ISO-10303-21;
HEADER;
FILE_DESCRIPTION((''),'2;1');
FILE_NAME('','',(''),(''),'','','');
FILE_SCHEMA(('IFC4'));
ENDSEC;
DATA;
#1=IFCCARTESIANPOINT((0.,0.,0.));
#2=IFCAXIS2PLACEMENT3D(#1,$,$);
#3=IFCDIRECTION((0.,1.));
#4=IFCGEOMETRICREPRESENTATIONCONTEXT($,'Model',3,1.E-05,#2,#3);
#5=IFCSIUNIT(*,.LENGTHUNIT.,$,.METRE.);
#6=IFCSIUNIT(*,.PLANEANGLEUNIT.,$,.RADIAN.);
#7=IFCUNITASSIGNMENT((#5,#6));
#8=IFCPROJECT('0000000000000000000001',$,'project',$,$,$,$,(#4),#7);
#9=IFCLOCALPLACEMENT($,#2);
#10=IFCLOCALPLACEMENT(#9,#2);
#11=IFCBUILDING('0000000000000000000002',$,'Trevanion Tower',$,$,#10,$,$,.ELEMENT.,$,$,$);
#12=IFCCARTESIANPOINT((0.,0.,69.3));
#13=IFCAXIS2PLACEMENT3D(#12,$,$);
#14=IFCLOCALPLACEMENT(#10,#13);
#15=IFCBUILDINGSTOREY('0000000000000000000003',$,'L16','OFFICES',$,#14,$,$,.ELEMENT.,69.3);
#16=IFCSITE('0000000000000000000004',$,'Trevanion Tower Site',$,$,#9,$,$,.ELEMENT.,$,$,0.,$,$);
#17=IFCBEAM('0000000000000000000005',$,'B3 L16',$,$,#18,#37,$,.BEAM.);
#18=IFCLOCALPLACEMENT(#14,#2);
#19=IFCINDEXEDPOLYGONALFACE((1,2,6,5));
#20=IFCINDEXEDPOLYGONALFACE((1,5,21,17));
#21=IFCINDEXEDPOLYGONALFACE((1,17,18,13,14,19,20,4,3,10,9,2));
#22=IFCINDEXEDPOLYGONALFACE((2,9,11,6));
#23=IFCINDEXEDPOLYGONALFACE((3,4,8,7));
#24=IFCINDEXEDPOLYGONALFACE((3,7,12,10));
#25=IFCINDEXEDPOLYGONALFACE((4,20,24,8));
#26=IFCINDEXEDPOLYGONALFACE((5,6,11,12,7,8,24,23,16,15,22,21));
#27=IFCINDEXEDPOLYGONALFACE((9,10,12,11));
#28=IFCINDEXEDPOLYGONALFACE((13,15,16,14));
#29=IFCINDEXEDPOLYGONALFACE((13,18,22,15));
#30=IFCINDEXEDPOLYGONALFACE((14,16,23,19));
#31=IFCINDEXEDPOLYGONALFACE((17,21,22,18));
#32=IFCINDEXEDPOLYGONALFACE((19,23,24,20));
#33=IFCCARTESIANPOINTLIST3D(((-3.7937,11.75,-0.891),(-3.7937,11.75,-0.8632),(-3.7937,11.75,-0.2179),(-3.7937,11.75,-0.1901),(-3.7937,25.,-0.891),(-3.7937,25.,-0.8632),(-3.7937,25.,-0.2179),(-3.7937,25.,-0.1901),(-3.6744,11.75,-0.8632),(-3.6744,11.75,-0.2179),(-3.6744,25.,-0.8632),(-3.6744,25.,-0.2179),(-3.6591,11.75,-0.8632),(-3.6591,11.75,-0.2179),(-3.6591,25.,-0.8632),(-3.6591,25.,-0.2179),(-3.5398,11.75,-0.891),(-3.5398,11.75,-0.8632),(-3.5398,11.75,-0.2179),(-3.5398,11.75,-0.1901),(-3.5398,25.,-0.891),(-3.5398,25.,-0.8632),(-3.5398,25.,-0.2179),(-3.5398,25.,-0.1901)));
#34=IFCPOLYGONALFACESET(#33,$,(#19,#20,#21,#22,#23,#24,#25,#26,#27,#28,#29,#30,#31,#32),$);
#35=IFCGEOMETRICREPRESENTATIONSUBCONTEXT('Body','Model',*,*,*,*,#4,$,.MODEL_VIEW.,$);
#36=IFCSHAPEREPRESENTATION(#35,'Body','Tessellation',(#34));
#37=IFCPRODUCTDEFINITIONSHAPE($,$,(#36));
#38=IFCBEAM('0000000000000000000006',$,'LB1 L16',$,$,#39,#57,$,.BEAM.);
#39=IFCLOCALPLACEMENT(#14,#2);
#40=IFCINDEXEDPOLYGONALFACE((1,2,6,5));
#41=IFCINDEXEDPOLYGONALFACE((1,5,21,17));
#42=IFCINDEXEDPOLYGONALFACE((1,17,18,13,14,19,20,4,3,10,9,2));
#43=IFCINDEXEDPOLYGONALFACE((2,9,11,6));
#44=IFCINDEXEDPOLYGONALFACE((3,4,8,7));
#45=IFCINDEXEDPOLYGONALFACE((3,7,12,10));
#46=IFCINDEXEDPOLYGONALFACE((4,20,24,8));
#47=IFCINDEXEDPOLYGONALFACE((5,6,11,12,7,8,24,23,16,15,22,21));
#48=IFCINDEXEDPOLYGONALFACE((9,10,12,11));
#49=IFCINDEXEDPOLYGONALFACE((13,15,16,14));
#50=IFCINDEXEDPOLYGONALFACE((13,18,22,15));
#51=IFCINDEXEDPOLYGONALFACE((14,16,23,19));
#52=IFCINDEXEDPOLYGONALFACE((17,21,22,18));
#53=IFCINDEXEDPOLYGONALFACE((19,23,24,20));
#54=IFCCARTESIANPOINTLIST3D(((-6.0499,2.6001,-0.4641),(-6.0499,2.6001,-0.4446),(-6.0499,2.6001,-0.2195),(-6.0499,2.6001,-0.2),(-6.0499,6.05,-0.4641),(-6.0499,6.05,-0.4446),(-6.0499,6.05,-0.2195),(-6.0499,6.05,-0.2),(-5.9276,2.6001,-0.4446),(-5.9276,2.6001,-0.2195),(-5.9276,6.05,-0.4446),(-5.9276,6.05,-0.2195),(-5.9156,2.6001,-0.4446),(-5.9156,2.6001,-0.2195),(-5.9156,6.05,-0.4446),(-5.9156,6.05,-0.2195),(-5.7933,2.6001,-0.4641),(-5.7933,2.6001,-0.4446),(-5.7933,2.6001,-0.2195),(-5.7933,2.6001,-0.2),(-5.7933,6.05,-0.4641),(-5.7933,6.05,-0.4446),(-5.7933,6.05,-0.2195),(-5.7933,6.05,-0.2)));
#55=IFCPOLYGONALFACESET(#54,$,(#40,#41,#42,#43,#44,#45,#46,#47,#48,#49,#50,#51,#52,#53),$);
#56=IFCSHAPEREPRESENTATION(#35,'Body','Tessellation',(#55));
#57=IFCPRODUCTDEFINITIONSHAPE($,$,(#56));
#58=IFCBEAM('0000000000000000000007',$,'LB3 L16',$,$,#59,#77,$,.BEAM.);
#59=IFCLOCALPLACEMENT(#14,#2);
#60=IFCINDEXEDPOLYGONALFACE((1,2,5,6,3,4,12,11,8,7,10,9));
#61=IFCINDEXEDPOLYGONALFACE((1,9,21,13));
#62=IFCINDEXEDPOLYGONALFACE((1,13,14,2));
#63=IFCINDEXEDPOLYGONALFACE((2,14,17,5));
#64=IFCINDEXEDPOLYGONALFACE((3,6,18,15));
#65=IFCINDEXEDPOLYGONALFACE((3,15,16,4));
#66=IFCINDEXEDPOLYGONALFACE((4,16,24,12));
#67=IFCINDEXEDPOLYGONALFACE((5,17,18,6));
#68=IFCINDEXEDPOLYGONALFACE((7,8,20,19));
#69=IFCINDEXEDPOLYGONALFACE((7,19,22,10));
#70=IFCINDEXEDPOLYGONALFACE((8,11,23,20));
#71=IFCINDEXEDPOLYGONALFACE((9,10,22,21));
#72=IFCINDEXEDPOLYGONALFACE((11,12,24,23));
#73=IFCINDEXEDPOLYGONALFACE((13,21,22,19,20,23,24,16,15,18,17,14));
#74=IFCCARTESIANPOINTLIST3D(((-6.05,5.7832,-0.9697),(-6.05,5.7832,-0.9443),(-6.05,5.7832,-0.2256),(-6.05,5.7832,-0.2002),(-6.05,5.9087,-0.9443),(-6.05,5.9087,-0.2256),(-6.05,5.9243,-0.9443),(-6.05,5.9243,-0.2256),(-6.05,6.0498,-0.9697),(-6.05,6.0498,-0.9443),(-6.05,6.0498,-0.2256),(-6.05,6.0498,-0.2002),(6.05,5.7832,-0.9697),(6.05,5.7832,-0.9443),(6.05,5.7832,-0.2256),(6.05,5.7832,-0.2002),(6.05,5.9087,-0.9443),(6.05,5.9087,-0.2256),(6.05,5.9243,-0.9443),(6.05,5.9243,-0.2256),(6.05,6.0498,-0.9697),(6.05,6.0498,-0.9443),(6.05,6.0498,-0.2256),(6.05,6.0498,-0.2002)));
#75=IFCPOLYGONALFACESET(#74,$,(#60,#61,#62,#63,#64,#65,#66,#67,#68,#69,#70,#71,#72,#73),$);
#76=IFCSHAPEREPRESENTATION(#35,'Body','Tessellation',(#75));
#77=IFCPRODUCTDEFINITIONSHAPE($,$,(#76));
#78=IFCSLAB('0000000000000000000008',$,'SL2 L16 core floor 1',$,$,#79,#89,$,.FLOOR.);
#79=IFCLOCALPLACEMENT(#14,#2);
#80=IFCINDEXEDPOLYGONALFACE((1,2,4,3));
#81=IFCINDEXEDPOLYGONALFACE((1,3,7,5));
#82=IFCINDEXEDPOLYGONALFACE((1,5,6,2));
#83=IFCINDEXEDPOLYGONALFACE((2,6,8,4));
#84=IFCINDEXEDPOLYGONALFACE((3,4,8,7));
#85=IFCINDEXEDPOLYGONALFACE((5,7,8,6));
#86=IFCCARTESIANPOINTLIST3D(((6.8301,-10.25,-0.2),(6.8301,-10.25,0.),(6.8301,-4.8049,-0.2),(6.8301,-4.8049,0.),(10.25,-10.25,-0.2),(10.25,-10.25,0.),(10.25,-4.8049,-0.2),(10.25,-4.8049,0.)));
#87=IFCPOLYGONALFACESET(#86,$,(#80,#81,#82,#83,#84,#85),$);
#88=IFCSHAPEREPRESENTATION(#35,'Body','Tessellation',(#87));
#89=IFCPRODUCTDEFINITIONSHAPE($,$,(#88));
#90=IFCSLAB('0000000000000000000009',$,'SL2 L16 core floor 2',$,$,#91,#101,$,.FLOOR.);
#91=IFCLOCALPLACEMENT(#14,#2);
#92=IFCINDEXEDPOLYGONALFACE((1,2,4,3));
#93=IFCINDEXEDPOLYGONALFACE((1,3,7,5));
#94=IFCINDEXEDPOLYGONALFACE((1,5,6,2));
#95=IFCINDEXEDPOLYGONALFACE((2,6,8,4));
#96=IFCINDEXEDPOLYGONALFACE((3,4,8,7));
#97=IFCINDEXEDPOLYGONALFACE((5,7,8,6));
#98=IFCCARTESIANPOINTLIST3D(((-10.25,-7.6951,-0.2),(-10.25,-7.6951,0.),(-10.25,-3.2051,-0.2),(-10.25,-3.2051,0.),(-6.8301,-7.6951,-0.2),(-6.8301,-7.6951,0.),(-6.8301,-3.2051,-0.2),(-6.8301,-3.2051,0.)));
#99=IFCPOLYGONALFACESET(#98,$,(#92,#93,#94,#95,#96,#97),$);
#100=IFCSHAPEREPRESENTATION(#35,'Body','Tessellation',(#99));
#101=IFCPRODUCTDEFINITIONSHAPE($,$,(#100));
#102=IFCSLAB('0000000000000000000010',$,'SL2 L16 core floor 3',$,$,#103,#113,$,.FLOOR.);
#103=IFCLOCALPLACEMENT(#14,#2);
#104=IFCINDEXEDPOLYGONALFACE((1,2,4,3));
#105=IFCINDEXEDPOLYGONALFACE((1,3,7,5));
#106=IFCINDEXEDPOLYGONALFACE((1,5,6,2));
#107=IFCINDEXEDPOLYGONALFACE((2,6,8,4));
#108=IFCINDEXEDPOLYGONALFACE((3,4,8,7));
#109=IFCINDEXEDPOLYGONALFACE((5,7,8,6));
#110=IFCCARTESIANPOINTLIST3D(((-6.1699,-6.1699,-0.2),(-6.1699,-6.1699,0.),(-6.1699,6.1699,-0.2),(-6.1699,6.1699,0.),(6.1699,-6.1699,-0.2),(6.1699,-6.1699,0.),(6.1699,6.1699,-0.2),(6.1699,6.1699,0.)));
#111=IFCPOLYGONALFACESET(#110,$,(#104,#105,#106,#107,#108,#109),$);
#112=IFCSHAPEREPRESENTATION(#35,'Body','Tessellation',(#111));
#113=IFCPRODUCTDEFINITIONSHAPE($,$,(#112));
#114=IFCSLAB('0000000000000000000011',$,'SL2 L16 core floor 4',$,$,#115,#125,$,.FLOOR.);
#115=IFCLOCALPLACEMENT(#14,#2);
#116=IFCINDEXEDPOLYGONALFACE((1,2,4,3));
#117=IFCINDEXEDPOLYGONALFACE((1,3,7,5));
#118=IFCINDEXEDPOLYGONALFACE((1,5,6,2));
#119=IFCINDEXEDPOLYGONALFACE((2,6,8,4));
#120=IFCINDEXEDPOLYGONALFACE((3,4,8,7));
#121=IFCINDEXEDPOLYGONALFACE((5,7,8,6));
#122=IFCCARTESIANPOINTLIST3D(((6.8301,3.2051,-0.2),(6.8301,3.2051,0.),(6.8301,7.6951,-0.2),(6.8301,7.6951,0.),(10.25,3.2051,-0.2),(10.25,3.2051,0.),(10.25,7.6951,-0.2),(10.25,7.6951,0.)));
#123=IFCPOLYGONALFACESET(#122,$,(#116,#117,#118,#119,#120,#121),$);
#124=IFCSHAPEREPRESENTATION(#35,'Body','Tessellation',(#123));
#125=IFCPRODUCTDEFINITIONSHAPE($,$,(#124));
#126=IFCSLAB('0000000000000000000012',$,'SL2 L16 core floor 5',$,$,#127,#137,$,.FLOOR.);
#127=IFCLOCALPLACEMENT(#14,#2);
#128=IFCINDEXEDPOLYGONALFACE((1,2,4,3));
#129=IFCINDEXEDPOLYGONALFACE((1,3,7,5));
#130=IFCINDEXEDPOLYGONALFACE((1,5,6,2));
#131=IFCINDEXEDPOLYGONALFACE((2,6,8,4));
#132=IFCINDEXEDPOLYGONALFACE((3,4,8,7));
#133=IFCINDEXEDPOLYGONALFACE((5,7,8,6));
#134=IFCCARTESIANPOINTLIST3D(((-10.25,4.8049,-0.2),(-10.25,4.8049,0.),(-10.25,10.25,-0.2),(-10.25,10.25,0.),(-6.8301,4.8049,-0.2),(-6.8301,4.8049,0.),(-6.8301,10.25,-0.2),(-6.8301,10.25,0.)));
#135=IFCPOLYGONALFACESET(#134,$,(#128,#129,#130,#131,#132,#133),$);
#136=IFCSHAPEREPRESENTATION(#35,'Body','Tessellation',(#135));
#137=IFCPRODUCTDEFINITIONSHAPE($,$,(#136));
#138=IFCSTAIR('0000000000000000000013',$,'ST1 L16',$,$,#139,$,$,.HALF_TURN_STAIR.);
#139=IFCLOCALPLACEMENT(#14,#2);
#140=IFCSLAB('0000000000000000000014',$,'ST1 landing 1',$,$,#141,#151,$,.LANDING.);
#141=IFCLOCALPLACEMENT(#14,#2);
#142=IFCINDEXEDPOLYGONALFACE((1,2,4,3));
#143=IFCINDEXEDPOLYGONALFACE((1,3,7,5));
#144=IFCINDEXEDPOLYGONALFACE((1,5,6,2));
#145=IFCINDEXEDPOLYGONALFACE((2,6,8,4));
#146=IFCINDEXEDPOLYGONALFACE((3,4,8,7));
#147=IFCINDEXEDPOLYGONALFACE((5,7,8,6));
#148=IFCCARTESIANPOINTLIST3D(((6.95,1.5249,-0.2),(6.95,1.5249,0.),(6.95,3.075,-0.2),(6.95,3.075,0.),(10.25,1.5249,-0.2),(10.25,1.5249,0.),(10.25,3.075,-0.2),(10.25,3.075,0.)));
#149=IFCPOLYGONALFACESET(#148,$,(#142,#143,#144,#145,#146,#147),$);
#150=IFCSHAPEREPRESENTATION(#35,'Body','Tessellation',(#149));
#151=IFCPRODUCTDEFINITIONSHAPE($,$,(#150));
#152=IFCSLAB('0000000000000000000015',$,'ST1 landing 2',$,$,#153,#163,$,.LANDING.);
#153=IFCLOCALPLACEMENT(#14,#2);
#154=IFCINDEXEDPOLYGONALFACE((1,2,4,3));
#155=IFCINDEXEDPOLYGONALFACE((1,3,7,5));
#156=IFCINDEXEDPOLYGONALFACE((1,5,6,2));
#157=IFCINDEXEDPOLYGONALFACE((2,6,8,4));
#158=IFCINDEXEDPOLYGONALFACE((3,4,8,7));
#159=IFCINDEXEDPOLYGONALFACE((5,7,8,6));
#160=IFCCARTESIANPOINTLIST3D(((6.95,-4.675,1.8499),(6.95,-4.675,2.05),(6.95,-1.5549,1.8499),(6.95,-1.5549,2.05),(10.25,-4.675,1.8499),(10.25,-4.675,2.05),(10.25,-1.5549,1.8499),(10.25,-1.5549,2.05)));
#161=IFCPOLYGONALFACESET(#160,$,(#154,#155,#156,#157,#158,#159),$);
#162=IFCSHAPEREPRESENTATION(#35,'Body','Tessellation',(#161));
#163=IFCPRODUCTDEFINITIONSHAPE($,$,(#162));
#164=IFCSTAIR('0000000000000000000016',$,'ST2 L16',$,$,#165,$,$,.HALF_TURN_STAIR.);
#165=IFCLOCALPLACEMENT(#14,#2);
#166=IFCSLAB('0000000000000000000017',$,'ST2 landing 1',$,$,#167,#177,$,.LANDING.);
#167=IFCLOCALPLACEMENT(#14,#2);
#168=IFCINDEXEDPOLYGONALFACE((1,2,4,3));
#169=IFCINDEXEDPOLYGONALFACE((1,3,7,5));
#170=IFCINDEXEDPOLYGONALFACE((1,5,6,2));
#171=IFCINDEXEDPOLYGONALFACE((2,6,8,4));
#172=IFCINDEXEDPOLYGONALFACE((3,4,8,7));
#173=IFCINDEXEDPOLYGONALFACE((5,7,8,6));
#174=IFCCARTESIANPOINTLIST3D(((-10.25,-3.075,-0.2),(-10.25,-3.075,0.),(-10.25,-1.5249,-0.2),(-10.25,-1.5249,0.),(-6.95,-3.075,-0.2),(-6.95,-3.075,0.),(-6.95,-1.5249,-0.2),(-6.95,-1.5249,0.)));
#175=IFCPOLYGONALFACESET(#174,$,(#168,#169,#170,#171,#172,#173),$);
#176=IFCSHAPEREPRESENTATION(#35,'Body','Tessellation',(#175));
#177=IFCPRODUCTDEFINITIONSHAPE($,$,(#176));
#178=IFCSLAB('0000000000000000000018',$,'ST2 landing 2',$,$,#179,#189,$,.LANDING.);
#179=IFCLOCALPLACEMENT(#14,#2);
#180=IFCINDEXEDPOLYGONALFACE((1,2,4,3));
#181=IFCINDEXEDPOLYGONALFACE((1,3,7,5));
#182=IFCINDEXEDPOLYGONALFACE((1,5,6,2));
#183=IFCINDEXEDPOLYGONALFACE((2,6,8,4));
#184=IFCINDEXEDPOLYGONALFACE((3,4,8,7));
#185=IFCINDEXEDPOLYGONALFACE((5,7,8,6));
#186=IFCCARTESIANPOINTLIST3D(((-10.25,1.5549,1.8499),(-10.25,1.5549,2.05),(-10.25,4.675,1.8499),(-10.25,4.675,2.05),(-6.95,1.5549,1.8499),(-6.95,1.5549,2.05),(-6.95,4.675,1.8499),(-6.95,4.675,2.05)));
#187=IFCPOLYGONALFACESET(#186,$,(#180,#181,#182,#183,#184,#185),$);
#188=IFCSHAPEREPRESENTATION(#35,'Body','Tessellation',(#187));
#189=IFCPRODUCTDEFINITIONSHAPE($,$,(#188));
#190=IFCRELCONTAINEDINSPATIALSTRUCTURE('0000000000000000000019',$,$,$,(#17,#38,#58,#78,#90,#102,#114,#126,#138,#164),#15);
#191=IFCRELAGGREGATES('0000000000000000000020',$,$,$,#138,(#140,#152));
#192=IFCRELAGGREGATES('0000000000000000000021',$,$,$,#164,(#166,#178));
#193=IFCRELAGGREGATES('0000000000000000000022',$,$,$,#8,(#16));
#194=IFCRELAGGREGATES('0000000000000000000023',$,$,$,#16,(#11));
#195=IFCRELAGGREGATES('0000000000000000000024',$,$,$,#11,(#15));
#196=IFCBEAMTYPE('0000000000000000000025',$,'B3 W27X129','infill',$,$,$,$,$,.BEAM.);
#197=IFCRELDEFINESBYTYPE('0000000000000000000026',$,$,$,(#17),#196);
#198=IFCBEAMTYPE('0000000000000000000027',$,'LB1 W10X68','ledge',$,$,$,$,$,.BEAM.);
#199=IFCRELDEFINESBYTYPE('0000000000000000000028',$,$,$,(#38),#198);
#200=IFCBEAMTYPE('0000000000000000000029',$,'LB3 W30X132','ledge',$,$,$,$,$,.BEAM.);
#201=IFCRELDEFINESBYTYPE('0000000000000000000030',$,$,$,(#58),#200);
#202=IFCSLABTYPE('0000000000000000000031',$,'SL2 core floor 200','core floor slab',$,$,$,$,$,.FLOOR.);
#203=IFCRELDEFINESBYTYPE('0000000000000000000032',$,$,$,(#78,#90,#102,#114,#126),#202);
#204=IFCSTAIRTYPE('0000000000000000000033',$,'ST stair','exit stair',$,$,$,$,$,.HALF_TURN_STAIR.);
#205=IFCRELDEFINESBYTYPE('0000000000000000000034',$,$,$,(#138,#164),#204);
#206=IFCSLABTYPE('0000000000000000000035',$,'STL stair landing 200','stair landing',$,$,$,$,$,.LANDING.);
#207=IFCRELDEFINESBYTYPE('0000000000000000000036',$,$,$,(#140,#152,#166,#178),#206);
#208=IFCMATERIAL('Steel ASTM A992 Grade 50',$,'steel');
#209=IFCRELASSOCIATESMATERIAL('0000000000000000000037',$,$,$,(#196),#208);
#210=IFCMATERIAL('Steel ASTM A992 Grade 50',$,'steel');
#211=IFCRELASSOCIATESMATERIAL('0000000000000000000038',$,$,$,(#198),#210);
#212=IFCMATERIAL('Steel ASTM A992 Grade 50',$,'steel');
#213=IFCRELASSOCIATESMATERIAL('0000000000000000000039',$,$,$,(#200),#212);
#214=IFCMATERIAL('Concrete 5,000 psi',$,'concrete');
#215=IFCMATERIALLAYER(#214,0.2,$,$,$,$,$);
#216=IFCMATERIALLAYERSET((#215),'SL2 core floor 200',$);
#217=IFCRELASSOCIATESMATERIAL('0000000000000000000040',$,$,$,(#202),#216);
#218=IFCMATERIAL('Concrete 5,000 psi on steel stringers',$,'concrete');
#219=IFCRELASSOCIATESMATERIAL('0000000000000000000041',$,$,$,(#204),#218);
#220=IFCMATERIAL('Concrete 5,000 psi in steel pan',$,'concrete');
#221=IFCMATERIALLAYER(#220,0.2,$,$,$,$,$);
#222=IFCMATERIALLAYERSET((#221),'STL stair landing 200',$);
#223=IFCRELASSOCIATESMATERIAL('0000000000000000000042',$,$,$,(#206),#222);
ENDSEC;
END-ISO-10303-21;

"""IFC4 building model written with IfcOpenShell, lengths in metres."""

from ifc_helpers import new_model, si_unit, direction, frame, origin, origin_2d, place, context, subcontext, project, spatial, polyline, i_section, outline, extrude, material, layer, layer_set, material_profile, profile_set, type_object, element, aggregate, save


model = new_model("IFC4")

# Units and contexts
model_context = context("Model", 3, precision=1e-05, world=origin(), true_north=direction((0.0, 1.0)))
body_context = subcontext(model_context, "Body", "Model", "MODEL_VIEW")
ifc_project = project(units=[si_unit("LENGTHUNIT", "METRE"), si_unit("PLANEANGLEUNIT", "RADIAN")], contexts=[model_context])

# Site, building, storey
site_placement = place(None, origin())
site = spatial("IfcSite", under=ifc_project, at=site_placement, Name="Trevanion Tower Site", CompositionType="ELEMENT", RefElevation=0.0)
building_placement = place(site_placement, origin())
building = spatial("IfcBuilding", under=site, at=building_placement, Name="Trevanion Tower", CompositionType="ELEMENT")
storey_placement = place(building_placement, frame((0.0, 0.0, 69.3)))
storey = spatial("IfcBuildingStorey", under=building, at=storey_placement, Name="L16", Description="OFFICES", CompositionType="ELEMENT", Elevation=69.3)

# Beams
ifc_material_1 = material(Name="Steel ASTM A992 Grade 50", Category="steel")
ifc_material_profile_1 = material_profile(ifc_material_1, i_section(OverallWidth=0.2539, OverallDepth=0.7009, WebThickness=0.0154, FlangeThickness=0.0278, at=origin_2d()), Name="W27X129")
ifc_profile_set_1 = profile_set([ifc_material_profile_1], Name="Steel ASTM A992 Grade 50")
beam_type_1 = type_object("IfcBeamType", Name="B3 W27X129", Description="infill", PredefinedType="BEAM", material=ifc_profile_set_1)
beam_1_placement = place(storey_placement, frame((-3.6667, 11.75, -0.5405), z_axis=(0.0, 1.0, 0.0), x_axis=(-1.0, 0.0, 0.0)))
element("IfcBeam", 1, at=beam_1_placement, inside=storey, type_object=beam_type_1, Name="B3 L16", PredefinedType="BEAM", context=body_context, shape_type="SweptSolid", body=[
    extrude(i_section(OverallWidth=0.2539, OverallDepth=0.7009, WebThickness=0.0154, FlangeThickness=0.0278, at=origin_2d()), origin(), (0.0, 0.0, 1.0), 13.25),
])
ifc_material_2 = material(Name="Steel ASTM A992 Grade 50", Category="steel")
ifc_material_profile_2 = material_profile(ifc_material_2, i_section(OverallWidth=0.2566, OverallDepth=0.2642, WebThickness=0.012, FlangeThickness=0.0195, at=origin_2d()), Name="W10X68")
ifc_profile_set_2 = profile_set([ifc_material_profile_2], Name="Steel ASTM A992 Grade 50")
beam_type_2 = type_object("IfcBeamType", Name="LB1 W10X68", Description="ledge", PredefinedType="BEAM", material=ifc_profile_set_2)
beam_2_placement = place(storey_placement, frame((-5.9216, 2.6001, -0.332), z_axis=(0.0, 1.0, 0.0), x_axis=(-1.0, 0.0, 0.0)))
element("IfcBeam", 2, at=beam_2_placement, inside=storey, type_object=beam_type_2, Name="LB1 L16", PredefinedType="BEAM", context=body_context, shape_type="SweptSolid", body=[
    extrude(i_section(OverallWidth=0.2566, OverallDepth=0.2642, WebThickness=0.012, FlangeThickness=0.0195, at=origin_2d()), origin(), (0.0, 0.0, 1.0), 3.45),
])
ifc_material_3 = material(Name="Steel ASTM A992 Grade 50", Category="steel")
ifc_material_profile_3 = material_profile(ifc_material_3, i_section(OverallWidth=0.2666, OverallDepth=0.7695, WebThickness=0.0156, FlangeThickness=0.0254, at=origin_2d()), Name="W30X132")
ifc_profile_set_3 = profile_set([ifc_material_profile_3], Name="Steel ASTM A992 Grade 50")
beam_type_3 = type_object("IfcBeamType", Name="LB3 W30X132", Description="ledge", PredefinedType="BEAM", material=ifc_profile_set_3)
beam_3_placement = place(storey_placement, frame((-6.05, 5.9165, -0.585), z_axis=(1.0, 0.0, 0.0), x_axis=(0.0, 1.0, 0.0)))
element("IfcBeam", 3, at=beam_3_placement, inside=storey, type_object=beam_type_3, Name="LB3 L16", PredefinedType="BEAM", context=body_context, shape_type="SweptSolid", body=[
    extrude(i_section(OverallWidth=0.2666, OverallDepth=0.7695, WebThickness=0.0156, FlangeThickness=0.0254, at=origin_2d()), origin(), (0.0, 0.0, 1.0), 12.1001),
])

# Slabs
ifc_material_4 = material(Name="Concrete 5,000 psi", Category="concrete")
ifc_layer_1 = layer(ifc_material_4, 0.2)
ifc_layer_set_1 = layer_set([ifc_layer_1], Name="SL2 core floor 200")
slab_type_1 = type_object("IfcSlabType", Name="SL2 core floor 200", Description="core floor slab", PredefinedType="FLOOR", material=ifc_layer_set_1)
slab_1_placement = place(storey_placement, frame((0.0, 0.0, -0.2)))
element("IfcSlab", 4, at=slab_1_placement, inside=storey, type_object=slab_type_1, Name="SL2 L16 core floor 1", PredefinedType="FLOOR", context=body_context, shape_type="SweptSolid", body=[
    extrude(outline(polyline([(10.25, -4.8049), (10.25, -10.25), (6.8301, -10.25), (6.8301, -4.8049), (10.25, -4.8049)])), origin(), (0.0, 0.0, 1.0), 0.2),
])
slab_2_placement = place(storey_placement, frame((0.0, 0.0, -0.2)))
element("IfcSlab", 5, at=slab_2_placement, inside=storey, type_object=slab_type_1, Name="SL2 L16 core floor 2", PredefinedType="FLOOR", context=body_context, shape_type="SweptSolid", body=[
    extrude(outline(polyline([(-6.8301, -3.2051), (-6.8301, -7.6951), (-10.25, -7.6951), (-10.25, -3.2051), (-6.8301, -3.2051)])), origin(), (0.0, 0.0, 1.0), 0.2),
])
slab_3_placement = place(storey_placement, frame((0.0, 0.0, -0.2)))
element("IfcSlab", 6, at=slab_3_placement, inside=storey, type_object=slab_type_1, Name="SL2 L16 core floor 3", PredefinedType="FLOOR", context=body_context, shape_type="SweptSolid", body=[
    extrude(outline(polyline([(6.1699, -6.1699), (-6.1699, -6.1699), (-6.1699, 6.1699), (6.1699, 6.1699), (6.1699, -6.1699)])), origin(), (0.0, 0.0, 1.0), 0.2),
])
slab_4_placement = place(storey_placement, frame((0.0, 0.0, -0.2)))
element("IfcSlab", 7, at=slab_4_placement, inside=storey, type_object=slab_type_1, Name="SL2 L16 core floor 4", PredefinedType="FLOOR", context=body_context, shape_type="SweptSolid", body=[
    extrude(outline(polyline([(6.8301, 3.2051), (6.8301, 7.6951), (10.25, 7.6951), (10.25, 3.2051), (6.8301, 3.2051)])), origin(), (0.0, 0.0, 1.0), 0.2),
])
slab_5_placement = place(storey_placement, frame((0.0, 0.0, -0.2)))
element("IfcSlab", 8, at=slab_5_placement, inside=storey, type_object=slab_type_1, Name="SL2 L16 core floor 5", PredefinedType="FLOOR", context=body_context, shape_type="SweptSolid", body=[
    extrude(outline(polyline([(-6.8301, 4.8049), (-10.25, 4.8049), (-10.25, 10.25), (-6.8301, 10.25), (-6.8301, 4.8049)])), origin(), (0.0, 0.0, 1.0), 0.2),
])

# Stairs, slabs
ifc_material_5 = material(Name="Concrete 5,000 psi on steel stringers", Category="concrete")
stair_type = type_object("IfcStairType", Name="ST stair", Description="exit stair", PredefinedType="HALF_TURN_STAIR", material=ifc_material_5)
stair_1_placement = place(storey_placement, origin())
stair_1 = element("IfcStair", 9, at=stair_1_placement, inside=storey, type_object=stair_type, Name="ST1 L16", PredefinedType="HALF_TURN_STAIR")
ifc_material_6 = material(Name="Concrete 5,000 psi in steel pan", Category="concrete")
ifc_layer_2 = layer(ifc_material_6, 0.2)
ifc_layer_set_2 = layer_set([ifc_layer_2], Name="STL stair landing 200")
slab_type_2 = type_object("IfcSlabType", Name="STL stair landing 200", Description="stair landing", PredefinedType="LANDING", material=ifc_layer_set_2)
slab_6_placement = place(storey_placement, frame((0.0, 0.0, -0.2)))
slab_6 = element("IfcSlab", 10, at=slab_6_placement, type_object=slab_type_2, Name="ST1 landing 1", PredefinedType="LANDING", context=body_context, shape_type="SweptSolid", body=[
    extrude(outline(polyline([(6.95, 1.5249), (10.25, 1.5249), (10.25, 3.075), (6.95, 3.075), (6.95, 1.5249)])), origin(), (0.0, 0.0, 1.0), 0.2),
])
slab_7_placement = place(storey_placement, frame((0.0, 0.0, 1.8499)))
slab_7 = element("IfcSlab", 11, at=slab_7_placement, type_object=slab_type_2, Name="ST1 landing 2", PredefinedType="LANDING", context=body_context, shape_type="SweptSolid", body=[
    extrude(outline(polyline([(6.95, -4.675), (10.25, -4.675), (10.25, -1.5549), (6.95, -1.5549), (6.95, -4.675)])), origin(), (0.0, 0.0, 1.0), 0.2002),
])
aggregate(stair_1, [slab_6, slab_7])
stair_2_placement = place(storey_placement, origin())
stair_2 = element("IfcStair", 12, at=stair_2_placement, inside=storey, type_object=stair_type, Name="ST2 L16", PredefinedType="HALF_TURN_STAIR")
slab_8_placement = place(storey_placement, frame((0.0, 0.0, -0.2)))
slab_8 = element("IfcSlab", 13, at=slab_8_placement, type_object=slab_type_2, Name="ST2 landing 1", PredefinedType="LANDING", context=body_context, shape_type="SweptSolid", body=[
    extrude(outline(polyline([(-6.95, -1.5249), (-10.25, -1.5249), (-10.25, -3.075), (-6.95, -3.075), (-6.95, -1.5249)])), origin(), (0.0, 0.0, 1.0), 0.2),
])
slab_9_placement = place(storey_placement, frame((0.0, 0.0, 1.8499)))
slab_9 = element("IfcSlab", 14, at=slab_9_placement, type_object=slab_type_2, Name="ST2 landing 2", PredefinedType="LANDING", context=body_context, shape_type="SweptSolid", body=[
    extrude(outline(polyline([(-6.95, 4.675), (-10.25, 4.675), (-10.25, 1.5549), (-6.95, 1.5549), (-6.95, 4.675)])), origin(), (0.0, 0.0, 1.0), 0.2002),
])
aggregate(stair_2, [slab_8, slab_9])

save(model, "model.ifc")
